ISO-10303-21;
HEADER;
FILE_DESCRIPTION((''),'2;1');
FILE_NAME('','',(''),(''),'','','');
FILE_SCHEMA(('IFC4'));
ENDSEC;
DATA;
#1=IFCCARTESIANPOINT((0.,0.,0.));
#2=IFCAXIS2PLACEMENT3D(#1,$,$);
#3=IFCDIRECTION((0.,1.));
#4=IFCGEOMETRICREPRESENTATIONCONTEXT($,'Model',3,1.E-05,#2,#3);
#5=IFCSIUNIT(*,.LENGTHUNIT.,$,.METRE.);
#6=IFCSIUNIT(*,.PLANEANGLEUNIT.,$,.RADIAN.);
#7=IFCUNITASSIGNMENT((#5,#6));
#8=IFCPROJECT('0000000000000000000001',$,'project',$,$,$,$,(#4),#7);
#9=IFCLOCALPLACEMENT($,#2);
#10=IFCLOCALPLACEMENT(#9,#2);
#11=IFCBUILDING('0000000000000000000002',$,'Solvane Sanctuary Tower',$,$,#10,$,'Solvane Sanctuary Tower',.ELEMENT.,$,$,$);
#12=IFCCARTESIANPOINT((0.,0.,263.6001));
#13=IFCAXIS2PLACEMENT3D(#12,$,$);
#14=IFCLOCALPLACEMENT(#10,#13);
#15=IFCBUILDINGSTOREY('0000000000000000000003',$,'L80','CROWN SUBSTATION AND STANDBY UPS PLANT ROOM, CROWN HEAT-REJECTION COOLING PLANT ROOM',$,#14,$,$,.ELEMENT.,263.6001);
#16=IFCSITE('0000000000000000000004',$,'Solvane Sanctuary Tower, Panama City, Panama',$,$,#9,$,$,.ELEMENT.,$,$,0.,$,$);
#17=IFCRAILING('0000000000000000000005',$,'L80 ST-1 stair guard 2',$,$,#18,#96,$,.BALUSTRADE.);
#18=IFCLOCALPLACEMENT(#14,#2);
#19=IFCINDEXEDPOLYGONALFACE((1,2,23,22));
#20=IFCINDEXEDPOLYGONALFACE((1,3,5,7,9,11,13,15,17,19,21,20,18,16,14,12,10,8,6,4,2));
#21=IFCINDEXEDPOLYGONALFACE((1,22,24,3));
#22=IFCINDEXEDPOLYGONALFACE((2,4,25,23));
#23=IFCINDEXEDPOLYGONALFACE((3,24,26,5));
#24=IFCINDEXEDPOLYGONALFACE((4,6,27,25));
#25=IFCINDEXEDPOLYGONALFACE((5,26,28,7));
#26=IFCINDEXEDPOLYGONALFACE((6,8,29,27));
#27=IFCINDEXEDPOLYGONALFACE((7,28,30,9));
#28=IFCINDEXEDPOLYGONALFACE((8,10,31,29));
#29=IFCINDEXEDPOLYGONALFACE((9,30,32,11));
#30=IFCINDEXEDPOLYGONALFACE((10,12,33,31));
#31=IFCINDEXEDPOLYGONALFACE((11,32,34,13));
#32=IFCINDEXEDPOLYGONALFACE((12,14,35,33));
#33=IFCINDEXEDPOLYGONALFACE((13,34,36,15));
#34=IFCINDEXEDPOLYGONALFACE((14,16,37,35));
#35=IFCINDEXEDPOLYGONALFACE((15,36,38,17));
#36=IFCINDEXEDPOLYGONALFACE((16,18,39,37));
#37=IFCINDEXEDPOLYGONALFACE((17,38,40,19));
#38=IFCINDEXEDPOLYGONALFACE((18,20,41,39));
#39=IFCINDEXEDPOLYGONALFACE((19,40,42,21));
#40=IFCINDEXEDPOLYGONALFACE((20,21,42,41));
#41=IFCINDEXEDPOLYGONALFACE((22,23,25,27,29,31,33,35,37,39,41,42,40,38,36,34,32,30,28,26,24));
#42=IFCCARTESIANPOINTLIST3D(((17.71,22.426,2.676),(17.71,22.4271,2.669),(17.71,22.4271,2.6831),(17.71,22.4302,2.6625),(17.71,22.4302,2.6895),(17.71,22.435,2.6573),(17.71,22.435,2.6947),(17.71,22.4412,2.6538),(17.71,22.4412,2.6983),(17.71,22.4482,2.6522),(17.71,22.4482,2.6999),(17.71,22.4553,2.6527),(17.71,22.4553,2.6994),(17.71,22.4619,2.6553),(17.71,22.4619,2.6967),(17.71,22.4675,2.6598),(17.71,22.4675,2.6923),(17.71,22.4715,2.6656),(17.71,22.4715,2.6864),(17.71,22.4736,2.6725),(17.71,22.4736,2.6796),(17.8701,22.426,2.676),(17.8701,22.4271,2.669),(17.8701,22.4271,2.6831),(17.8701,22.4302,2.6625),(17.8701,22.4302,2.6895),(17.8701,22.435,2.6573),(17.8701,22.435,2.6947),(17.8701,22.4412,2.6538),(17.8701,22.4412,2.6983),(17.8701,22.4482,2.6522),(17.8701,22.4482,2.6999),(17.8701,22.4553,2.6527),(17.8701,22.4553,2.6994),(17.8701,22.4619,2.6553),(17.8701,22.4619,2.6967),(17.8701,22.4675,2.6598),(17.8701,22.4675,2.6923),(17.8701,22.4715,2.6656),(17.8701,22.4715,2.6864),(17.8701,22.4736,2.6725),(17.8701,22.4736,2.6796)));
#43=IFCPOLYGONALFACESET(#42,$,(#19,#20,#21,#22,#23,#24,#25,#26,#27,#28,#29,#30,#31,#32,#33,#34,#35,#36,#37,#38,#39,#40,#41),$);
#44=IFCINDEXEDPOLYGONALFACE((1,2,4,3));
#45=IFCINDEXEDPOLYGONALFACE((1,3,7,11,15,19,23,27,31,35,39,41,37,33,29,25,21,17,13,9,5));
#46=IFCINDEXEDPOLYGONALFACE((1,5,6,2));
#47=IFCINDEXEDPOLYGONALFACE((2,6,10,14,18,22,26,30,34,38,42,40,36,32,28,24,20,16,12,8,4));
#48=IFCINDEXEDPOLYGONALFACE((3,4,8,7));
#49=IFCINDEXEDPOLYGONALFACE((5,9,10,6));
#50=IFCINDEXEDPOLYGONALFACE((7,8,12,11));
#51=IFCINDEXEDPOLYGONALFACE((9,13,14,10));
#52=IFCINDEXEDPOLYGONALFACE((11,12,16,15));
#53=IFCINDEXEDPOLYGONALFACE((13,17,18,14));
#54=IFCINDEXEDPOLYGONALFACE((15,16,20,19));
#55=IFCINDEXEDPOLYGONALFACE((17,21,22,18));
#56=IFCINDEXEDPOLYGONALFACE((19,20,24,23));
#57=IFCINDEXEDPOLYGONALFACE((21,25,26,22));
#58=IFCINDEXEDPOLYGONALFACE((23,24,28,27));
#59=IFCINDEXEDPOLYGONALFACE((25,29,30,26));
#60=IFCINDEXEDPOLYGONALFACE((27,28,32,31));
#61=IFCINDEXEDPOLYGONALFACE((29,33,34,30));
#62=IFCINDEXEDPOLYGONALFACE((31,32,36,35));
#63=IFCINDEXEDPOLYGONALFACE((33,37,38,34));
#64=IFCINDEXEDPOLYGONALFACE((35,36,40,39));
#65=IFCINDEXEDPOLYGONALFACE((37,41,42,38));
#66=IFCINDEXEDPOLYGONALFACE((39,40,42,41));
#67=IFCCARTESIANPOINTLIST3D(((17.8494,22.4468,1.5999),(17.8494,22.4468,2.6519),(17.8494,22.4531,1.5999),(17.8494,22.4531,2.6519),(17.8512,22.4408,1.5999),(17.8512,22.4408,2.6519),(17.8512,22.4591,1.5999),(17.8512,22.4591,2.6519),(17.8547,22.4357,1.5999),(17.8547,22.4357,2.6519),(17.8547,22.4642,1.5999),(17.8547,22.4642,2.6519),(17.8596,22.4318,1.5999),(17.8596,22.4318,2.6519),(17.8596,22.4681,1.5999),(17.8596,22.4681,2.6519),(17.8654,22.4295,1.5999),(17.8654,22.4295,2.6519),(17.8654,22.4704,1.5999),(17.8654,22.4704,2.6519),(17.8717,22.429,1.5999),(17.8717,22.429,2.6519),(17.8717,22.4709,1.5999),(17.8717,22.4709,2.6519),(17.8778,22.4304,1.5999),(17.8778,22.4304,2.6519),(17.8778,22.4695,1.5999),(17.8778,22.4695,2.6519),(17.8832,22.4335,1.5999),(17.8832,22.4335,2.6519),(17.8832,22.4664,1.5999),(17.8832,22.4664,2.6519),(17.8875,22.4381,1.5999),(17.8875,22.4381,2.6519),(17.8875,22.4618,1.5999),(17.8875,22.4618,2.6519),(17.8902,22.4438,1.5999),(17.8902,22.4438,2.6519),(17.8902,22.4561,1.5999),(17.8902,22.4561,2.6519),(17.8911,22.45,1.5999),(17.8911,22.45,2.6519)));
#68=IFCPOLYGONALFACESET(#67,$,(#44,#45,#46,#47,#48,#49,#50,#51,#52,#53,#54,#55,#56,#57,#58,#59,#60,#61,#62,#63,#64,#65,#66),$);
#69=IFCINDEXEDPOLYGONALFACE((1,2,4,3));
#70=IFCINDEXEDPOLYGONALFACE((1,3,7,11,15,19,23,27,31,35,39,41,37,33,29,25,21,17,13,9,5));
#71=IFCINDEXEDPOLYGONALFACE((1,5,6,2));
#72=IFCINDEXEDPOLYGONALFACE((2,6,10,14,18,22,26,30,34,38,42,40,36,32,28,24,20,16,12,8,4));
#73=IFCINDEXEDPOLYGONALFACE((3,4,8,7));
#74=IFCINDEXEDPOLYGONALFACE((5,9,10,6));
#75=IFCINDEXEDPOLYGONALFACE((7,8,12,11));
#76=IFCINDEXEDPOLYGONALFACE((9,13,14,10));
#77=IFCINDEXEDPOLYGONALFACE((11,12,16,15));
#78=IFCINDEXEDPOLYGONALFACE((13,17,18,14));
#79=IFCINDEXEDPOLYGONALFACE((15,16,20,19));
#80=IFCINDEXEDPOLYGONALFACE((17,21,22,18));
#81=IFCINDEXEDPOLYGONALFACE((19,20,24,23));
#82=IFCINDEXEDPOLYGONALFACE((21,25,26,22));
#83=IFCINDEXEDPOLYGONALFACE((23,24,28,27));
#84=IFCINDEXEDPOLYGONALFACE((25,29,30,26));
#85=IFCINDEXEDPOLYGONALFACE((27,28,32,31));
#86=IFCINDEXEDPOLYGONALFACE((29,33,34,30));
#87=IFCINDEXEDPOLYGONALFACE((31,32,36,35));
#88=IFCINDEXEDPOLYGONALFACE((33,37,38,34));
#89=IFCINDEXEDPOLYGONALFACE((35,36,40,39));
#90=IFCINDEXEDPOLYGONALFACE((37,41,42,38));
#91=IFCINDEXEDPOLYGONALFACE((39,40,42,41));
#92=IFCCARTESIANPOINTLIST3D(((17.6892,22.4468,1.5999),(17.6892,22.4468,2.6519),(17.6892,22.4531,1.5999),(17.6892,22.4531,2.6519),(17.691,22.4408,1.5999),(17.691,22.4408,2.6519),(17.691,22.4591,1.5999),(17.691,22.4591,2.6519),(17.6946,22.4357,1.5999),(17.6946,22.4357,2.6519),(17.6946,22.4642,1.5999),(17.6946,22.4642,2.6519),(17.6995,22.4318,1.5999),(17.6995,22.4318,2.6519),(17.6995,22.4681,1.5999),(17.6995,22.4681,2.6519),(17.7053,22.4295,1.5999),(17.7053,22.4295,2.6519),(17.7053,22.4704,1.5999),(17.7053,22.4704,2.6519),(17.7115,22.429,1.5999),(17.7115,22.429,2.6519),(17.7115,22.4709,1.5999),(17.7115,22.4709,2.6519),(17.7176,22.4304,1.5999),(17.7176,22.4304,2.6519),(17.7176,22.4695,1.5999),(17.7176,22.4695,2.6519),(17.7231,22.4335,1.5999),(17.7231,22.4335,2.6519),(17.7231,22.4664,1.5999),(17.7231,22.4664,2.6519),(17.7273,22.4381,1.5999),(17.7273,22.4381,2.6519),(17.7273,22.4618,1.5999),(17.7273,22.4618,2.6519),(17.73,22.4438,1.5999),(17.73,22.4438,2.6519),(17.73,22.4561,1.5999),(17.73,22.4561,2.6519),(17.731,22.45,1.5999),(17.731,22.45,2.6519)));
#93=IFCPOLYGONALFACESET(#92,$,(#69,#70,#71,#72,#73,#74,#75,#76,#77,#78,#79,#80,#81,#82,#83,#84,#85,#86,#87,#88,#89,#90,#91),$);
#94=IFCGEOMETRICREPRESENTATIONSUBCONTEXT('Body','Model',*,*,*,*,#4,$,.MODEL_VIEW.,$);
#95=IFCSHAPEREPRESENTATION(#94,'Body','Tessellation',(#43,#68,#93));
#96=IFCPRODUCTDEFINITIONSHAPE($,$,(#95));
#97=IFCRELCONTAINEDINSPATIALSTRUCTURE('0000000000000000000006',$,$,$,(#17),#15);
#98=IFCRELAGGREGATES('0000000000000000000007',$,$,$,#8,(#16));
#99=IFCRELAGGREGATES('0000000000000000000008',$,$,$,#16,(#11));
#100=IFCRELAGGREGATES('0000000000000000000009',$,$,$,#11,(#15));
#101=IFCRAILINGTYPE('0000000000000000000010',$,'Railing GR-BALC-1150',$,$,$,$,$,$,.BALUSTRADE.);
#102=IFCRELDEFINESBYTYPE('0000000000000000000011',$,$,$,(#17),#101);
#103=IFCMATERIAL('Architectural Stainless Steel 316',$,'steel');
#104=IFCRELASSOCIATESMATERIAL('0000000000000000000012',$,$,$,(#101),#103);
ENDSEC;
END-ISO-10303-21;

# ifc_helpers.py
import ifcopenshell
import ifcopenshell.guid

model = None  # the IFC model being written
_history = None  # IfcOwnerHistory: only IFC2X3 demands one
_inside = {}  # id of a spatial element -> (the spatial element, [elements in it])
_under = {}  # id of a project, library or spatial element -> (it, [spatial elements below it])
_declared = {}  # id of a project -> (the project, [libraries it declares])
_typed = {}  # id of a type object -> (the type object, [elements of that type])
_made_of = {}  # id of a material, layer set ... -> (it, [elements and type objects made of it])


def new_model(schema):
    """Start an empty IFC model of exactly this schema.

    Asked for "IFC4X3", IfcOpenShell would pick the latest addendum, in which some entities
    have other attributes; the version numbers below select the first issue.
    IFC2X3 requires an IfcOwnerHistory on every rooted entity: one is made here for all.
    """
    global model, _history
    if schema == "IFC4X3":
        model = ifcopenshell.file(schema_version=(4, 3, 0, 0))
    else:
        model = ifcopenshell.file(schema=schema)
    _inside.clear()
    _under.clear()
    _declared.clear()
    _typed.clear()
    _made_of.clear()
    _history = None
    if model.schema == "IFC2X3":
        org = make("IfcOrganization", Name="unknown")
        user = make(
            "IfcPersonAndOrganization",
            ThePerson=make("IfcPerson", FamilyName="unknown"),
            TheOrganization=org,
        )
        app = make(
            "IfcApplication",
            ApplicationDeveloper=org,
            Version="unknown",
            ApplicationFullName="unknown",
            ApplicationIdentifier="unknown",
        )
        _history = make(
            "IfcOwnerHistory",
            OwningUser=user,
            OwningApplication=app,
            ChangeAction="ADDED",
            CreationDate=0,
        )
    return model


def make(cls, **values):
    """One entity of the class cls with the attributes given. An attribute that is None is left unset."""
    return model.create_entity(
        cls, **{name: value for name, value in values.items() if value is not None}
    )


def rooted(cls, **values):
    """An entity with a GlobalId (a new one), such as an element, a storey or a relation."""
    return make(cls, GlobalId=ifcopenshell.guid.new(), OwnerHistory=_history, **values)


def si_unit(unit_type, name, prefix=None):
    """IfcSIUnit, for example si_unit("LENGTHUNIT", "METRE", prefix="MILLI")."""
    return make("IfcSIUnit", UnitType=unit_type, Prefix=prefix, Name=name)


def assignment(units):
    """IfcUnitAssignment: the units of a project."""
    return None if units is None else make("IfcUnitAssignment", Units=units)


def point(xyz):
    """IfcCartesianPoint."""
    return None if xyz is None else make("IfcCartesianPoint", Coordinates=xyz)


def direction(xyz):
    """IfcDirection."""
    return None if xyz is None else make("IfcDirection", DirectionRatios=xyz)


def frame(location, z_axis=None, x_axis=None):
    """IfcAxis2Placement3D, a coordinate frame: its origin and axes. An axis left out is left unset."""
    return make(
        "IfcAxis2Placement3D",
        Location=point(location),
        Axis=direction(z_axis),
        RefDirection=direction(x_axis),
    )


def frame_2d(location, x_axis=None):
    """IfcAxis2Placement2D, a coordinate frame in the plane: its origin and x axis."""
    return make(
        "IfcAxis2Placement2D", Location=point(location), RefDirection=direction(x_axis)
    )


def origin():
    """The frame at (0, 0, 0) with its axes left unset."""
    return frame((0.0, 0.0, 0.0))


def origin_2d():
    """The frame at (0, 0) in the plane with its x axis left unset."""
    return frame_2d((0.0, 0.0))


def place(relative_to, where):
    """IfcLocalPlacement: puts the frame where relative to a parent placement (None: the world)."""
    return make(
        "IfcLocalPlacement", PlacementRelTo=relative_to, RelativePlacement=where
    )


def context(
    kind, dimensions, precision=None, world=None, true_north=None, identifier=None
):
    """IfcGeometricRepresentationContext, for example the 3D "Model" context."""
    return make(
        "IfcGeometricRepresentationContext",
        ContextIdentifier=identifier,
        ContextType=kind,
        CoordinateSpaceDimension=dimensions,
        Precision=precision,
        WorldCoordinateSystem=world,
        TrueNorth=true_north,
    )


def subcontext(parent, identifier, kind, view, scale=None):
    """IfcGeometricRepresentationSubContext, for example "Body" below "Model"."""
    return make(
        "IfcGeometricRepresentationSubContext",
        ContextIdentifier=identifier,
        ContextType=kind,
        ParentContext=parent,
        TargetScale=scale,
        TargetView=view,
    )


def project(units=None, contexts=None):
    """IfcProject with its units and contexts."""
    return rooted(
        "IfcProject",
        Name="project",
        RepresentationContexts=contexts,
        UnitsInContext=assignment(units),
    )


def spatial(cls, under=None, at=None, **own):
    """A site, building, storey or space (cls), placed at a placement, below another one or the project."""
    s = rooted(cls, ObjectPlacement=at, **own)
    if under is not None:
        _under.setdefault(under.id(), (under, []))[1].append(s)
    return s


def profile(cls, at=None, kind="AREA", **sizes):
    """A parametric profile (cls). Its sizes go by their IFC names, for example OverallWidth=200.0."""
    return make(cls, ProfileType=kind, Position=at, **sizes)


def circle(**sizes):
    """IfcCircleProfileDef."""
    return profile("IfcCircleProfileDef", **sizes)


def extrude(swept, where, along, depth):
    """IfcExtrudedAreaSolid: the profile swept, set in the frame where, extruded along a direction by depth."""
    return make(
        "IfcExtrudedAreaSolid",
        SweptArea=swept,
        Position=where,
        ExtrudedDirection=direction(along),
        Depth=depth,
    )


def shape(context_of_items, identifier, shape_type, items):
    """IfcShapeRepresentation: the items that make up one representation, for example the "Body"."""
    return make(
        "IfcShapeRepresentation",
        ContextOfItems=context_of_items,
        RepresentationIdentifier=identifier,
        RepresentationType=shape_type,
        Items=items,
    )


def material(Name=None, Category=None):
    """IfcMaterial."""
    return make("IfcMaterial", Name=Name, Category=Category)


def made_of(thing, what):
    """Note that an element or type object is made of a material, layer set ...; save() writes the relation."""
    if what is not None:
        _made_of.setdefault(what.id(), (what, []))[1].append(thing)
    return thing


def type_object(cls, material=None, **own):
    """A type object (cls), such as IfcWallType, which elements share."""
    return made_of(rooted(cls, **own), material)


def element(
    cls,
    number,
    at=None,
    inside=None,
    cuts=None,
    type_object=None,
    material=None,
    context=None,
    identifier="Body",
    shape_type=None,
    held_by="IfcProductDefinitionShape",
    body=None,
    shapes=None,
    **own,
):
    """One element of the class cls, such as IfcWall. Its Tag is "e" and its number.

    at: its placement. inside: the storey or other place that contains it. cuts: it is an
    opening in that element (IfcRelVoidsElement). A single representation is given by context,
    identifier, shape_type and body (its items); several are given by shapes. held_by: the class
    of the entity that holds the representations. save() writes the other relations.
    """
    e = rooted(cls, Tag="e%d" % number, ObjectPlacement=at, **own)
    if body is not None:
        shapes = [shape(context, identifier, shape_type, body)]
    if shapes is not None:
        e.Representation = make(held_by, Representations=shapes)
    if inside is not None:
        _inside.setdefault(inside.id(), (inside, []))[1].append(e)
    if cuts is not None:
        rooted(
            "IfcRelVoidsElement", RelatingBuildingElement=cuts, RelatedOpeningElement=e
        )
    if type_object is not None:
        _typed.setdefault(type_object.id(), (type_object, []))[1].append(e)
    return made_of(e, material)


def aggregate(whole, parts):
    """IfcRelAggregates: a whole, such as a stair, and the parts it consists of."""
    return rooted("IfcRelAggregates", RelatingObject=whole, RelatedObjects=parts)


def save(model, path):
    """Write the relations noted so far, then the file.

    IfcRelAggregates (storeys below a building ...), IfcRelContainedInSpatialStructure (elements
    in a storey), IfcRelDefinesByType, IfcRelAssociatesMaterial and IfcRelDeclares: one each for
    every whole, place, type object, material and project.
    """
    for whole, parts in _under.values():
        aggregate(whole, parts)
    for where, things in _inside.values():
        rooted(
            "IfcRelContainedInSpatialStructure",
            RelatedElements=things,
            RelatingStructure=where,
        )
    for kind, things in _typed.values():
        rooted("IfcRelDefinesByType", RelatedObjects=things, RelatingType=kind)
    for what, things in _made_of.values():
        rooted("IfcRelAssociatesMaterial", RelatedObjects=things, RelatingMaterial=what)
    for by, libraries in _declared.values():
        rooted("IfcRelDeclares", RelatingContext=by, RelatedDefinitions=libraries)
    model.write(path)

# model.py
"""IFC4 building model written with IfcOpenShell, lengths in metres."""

from ifc_helpers import new_model, si_unit, direction, frame, origin, origin_2d, place, context, subcontext, project, spatial, circle, extrude, material, type_object, element, save


model = new_model("IFC4")

# Units and contexts
model_context = context("Model", 3, precision=1e-05, world=origin(), true_north=direction((0.0, 1.0)))
body_context = subcontext(model_context, "Body", "Model", "MODEL_VIEW")
ifc_project = project(units=[si_unit("LENGTHUNIT", "METRE"), si_unit("PLANEANGLEUNIT", "RADIAN")], contexts=[model_context])

# Site, building, storey
site_placement = place(None, origin())
site = spatial("IfcSite", under=ifc_project, at=site_placement, Name="Solvane Sanctuary Tower, Panama City, Panama", CompositionType="ELEMENT", RefElevation=0.0)
building_placement = place(site_placement, origin())
building = spatial("IfcBuilding", under=site, at=building_placement, Name="Solvane Sanctuary Tower", LongName="Solvane Sanctuary Tower", CompositionType="ELEMENT")
storey_placement = place(building_placement, frame((0.0, 0.0, 263.6001)))
storey = spatial("IfcBuildingStorey", under=building, at=storey_placement, Name="L80", Description="CROWN SUBSTATION AND STANDBY UPS PLANT ROOM, CROWN HEAT-REJECTION COOLING PLANT ROOM", CompositionType="ELEMENT", Elevation=263.6001)

# Shared definitions
ifc_material_1 = material(Name="Architectural Stainless Steel 316", Category="steel")

# Railing
railing_type_1 = type_object("IfcRailingType", Name="Railing GR-BALC-1150", PredefinedType="BALUSTRADE", material=ifc_material_1)
railing_1_placement = place(storey_placement, frame((17.8701, 22.45, 1.5999)))
element("IfcRailing", 1, at=railing_1_placement, inside=storey, type_object=railing_type_1, Name="L80 ST-1 stair guard 2", PredefinedType="BALUSTRADE", context=body_context, shape_type="SweptSolid", body=[
    extrude(circle(Radius=0.0239, at=origin_2d()), frame((0.0, 0.0, 1.0762), z_axis=(-1.0, 0.0, 0.0), x_axis=(0.0, -1.0, 0.0)), (0.0, 0.0, 1.0), 0.1602),
    extrude(circle(Radius=0.021, at=origin_2d()), origin(), (0.0, 0.0, 1.0), 1.052),
    extrude(circle(Radius=0.021, at=origin_2d()), frame((-0.1602, 0.0, 0.0)), (0.0, 0.0, 1.0), 1.052),
])

save(model, "model.ifc")
